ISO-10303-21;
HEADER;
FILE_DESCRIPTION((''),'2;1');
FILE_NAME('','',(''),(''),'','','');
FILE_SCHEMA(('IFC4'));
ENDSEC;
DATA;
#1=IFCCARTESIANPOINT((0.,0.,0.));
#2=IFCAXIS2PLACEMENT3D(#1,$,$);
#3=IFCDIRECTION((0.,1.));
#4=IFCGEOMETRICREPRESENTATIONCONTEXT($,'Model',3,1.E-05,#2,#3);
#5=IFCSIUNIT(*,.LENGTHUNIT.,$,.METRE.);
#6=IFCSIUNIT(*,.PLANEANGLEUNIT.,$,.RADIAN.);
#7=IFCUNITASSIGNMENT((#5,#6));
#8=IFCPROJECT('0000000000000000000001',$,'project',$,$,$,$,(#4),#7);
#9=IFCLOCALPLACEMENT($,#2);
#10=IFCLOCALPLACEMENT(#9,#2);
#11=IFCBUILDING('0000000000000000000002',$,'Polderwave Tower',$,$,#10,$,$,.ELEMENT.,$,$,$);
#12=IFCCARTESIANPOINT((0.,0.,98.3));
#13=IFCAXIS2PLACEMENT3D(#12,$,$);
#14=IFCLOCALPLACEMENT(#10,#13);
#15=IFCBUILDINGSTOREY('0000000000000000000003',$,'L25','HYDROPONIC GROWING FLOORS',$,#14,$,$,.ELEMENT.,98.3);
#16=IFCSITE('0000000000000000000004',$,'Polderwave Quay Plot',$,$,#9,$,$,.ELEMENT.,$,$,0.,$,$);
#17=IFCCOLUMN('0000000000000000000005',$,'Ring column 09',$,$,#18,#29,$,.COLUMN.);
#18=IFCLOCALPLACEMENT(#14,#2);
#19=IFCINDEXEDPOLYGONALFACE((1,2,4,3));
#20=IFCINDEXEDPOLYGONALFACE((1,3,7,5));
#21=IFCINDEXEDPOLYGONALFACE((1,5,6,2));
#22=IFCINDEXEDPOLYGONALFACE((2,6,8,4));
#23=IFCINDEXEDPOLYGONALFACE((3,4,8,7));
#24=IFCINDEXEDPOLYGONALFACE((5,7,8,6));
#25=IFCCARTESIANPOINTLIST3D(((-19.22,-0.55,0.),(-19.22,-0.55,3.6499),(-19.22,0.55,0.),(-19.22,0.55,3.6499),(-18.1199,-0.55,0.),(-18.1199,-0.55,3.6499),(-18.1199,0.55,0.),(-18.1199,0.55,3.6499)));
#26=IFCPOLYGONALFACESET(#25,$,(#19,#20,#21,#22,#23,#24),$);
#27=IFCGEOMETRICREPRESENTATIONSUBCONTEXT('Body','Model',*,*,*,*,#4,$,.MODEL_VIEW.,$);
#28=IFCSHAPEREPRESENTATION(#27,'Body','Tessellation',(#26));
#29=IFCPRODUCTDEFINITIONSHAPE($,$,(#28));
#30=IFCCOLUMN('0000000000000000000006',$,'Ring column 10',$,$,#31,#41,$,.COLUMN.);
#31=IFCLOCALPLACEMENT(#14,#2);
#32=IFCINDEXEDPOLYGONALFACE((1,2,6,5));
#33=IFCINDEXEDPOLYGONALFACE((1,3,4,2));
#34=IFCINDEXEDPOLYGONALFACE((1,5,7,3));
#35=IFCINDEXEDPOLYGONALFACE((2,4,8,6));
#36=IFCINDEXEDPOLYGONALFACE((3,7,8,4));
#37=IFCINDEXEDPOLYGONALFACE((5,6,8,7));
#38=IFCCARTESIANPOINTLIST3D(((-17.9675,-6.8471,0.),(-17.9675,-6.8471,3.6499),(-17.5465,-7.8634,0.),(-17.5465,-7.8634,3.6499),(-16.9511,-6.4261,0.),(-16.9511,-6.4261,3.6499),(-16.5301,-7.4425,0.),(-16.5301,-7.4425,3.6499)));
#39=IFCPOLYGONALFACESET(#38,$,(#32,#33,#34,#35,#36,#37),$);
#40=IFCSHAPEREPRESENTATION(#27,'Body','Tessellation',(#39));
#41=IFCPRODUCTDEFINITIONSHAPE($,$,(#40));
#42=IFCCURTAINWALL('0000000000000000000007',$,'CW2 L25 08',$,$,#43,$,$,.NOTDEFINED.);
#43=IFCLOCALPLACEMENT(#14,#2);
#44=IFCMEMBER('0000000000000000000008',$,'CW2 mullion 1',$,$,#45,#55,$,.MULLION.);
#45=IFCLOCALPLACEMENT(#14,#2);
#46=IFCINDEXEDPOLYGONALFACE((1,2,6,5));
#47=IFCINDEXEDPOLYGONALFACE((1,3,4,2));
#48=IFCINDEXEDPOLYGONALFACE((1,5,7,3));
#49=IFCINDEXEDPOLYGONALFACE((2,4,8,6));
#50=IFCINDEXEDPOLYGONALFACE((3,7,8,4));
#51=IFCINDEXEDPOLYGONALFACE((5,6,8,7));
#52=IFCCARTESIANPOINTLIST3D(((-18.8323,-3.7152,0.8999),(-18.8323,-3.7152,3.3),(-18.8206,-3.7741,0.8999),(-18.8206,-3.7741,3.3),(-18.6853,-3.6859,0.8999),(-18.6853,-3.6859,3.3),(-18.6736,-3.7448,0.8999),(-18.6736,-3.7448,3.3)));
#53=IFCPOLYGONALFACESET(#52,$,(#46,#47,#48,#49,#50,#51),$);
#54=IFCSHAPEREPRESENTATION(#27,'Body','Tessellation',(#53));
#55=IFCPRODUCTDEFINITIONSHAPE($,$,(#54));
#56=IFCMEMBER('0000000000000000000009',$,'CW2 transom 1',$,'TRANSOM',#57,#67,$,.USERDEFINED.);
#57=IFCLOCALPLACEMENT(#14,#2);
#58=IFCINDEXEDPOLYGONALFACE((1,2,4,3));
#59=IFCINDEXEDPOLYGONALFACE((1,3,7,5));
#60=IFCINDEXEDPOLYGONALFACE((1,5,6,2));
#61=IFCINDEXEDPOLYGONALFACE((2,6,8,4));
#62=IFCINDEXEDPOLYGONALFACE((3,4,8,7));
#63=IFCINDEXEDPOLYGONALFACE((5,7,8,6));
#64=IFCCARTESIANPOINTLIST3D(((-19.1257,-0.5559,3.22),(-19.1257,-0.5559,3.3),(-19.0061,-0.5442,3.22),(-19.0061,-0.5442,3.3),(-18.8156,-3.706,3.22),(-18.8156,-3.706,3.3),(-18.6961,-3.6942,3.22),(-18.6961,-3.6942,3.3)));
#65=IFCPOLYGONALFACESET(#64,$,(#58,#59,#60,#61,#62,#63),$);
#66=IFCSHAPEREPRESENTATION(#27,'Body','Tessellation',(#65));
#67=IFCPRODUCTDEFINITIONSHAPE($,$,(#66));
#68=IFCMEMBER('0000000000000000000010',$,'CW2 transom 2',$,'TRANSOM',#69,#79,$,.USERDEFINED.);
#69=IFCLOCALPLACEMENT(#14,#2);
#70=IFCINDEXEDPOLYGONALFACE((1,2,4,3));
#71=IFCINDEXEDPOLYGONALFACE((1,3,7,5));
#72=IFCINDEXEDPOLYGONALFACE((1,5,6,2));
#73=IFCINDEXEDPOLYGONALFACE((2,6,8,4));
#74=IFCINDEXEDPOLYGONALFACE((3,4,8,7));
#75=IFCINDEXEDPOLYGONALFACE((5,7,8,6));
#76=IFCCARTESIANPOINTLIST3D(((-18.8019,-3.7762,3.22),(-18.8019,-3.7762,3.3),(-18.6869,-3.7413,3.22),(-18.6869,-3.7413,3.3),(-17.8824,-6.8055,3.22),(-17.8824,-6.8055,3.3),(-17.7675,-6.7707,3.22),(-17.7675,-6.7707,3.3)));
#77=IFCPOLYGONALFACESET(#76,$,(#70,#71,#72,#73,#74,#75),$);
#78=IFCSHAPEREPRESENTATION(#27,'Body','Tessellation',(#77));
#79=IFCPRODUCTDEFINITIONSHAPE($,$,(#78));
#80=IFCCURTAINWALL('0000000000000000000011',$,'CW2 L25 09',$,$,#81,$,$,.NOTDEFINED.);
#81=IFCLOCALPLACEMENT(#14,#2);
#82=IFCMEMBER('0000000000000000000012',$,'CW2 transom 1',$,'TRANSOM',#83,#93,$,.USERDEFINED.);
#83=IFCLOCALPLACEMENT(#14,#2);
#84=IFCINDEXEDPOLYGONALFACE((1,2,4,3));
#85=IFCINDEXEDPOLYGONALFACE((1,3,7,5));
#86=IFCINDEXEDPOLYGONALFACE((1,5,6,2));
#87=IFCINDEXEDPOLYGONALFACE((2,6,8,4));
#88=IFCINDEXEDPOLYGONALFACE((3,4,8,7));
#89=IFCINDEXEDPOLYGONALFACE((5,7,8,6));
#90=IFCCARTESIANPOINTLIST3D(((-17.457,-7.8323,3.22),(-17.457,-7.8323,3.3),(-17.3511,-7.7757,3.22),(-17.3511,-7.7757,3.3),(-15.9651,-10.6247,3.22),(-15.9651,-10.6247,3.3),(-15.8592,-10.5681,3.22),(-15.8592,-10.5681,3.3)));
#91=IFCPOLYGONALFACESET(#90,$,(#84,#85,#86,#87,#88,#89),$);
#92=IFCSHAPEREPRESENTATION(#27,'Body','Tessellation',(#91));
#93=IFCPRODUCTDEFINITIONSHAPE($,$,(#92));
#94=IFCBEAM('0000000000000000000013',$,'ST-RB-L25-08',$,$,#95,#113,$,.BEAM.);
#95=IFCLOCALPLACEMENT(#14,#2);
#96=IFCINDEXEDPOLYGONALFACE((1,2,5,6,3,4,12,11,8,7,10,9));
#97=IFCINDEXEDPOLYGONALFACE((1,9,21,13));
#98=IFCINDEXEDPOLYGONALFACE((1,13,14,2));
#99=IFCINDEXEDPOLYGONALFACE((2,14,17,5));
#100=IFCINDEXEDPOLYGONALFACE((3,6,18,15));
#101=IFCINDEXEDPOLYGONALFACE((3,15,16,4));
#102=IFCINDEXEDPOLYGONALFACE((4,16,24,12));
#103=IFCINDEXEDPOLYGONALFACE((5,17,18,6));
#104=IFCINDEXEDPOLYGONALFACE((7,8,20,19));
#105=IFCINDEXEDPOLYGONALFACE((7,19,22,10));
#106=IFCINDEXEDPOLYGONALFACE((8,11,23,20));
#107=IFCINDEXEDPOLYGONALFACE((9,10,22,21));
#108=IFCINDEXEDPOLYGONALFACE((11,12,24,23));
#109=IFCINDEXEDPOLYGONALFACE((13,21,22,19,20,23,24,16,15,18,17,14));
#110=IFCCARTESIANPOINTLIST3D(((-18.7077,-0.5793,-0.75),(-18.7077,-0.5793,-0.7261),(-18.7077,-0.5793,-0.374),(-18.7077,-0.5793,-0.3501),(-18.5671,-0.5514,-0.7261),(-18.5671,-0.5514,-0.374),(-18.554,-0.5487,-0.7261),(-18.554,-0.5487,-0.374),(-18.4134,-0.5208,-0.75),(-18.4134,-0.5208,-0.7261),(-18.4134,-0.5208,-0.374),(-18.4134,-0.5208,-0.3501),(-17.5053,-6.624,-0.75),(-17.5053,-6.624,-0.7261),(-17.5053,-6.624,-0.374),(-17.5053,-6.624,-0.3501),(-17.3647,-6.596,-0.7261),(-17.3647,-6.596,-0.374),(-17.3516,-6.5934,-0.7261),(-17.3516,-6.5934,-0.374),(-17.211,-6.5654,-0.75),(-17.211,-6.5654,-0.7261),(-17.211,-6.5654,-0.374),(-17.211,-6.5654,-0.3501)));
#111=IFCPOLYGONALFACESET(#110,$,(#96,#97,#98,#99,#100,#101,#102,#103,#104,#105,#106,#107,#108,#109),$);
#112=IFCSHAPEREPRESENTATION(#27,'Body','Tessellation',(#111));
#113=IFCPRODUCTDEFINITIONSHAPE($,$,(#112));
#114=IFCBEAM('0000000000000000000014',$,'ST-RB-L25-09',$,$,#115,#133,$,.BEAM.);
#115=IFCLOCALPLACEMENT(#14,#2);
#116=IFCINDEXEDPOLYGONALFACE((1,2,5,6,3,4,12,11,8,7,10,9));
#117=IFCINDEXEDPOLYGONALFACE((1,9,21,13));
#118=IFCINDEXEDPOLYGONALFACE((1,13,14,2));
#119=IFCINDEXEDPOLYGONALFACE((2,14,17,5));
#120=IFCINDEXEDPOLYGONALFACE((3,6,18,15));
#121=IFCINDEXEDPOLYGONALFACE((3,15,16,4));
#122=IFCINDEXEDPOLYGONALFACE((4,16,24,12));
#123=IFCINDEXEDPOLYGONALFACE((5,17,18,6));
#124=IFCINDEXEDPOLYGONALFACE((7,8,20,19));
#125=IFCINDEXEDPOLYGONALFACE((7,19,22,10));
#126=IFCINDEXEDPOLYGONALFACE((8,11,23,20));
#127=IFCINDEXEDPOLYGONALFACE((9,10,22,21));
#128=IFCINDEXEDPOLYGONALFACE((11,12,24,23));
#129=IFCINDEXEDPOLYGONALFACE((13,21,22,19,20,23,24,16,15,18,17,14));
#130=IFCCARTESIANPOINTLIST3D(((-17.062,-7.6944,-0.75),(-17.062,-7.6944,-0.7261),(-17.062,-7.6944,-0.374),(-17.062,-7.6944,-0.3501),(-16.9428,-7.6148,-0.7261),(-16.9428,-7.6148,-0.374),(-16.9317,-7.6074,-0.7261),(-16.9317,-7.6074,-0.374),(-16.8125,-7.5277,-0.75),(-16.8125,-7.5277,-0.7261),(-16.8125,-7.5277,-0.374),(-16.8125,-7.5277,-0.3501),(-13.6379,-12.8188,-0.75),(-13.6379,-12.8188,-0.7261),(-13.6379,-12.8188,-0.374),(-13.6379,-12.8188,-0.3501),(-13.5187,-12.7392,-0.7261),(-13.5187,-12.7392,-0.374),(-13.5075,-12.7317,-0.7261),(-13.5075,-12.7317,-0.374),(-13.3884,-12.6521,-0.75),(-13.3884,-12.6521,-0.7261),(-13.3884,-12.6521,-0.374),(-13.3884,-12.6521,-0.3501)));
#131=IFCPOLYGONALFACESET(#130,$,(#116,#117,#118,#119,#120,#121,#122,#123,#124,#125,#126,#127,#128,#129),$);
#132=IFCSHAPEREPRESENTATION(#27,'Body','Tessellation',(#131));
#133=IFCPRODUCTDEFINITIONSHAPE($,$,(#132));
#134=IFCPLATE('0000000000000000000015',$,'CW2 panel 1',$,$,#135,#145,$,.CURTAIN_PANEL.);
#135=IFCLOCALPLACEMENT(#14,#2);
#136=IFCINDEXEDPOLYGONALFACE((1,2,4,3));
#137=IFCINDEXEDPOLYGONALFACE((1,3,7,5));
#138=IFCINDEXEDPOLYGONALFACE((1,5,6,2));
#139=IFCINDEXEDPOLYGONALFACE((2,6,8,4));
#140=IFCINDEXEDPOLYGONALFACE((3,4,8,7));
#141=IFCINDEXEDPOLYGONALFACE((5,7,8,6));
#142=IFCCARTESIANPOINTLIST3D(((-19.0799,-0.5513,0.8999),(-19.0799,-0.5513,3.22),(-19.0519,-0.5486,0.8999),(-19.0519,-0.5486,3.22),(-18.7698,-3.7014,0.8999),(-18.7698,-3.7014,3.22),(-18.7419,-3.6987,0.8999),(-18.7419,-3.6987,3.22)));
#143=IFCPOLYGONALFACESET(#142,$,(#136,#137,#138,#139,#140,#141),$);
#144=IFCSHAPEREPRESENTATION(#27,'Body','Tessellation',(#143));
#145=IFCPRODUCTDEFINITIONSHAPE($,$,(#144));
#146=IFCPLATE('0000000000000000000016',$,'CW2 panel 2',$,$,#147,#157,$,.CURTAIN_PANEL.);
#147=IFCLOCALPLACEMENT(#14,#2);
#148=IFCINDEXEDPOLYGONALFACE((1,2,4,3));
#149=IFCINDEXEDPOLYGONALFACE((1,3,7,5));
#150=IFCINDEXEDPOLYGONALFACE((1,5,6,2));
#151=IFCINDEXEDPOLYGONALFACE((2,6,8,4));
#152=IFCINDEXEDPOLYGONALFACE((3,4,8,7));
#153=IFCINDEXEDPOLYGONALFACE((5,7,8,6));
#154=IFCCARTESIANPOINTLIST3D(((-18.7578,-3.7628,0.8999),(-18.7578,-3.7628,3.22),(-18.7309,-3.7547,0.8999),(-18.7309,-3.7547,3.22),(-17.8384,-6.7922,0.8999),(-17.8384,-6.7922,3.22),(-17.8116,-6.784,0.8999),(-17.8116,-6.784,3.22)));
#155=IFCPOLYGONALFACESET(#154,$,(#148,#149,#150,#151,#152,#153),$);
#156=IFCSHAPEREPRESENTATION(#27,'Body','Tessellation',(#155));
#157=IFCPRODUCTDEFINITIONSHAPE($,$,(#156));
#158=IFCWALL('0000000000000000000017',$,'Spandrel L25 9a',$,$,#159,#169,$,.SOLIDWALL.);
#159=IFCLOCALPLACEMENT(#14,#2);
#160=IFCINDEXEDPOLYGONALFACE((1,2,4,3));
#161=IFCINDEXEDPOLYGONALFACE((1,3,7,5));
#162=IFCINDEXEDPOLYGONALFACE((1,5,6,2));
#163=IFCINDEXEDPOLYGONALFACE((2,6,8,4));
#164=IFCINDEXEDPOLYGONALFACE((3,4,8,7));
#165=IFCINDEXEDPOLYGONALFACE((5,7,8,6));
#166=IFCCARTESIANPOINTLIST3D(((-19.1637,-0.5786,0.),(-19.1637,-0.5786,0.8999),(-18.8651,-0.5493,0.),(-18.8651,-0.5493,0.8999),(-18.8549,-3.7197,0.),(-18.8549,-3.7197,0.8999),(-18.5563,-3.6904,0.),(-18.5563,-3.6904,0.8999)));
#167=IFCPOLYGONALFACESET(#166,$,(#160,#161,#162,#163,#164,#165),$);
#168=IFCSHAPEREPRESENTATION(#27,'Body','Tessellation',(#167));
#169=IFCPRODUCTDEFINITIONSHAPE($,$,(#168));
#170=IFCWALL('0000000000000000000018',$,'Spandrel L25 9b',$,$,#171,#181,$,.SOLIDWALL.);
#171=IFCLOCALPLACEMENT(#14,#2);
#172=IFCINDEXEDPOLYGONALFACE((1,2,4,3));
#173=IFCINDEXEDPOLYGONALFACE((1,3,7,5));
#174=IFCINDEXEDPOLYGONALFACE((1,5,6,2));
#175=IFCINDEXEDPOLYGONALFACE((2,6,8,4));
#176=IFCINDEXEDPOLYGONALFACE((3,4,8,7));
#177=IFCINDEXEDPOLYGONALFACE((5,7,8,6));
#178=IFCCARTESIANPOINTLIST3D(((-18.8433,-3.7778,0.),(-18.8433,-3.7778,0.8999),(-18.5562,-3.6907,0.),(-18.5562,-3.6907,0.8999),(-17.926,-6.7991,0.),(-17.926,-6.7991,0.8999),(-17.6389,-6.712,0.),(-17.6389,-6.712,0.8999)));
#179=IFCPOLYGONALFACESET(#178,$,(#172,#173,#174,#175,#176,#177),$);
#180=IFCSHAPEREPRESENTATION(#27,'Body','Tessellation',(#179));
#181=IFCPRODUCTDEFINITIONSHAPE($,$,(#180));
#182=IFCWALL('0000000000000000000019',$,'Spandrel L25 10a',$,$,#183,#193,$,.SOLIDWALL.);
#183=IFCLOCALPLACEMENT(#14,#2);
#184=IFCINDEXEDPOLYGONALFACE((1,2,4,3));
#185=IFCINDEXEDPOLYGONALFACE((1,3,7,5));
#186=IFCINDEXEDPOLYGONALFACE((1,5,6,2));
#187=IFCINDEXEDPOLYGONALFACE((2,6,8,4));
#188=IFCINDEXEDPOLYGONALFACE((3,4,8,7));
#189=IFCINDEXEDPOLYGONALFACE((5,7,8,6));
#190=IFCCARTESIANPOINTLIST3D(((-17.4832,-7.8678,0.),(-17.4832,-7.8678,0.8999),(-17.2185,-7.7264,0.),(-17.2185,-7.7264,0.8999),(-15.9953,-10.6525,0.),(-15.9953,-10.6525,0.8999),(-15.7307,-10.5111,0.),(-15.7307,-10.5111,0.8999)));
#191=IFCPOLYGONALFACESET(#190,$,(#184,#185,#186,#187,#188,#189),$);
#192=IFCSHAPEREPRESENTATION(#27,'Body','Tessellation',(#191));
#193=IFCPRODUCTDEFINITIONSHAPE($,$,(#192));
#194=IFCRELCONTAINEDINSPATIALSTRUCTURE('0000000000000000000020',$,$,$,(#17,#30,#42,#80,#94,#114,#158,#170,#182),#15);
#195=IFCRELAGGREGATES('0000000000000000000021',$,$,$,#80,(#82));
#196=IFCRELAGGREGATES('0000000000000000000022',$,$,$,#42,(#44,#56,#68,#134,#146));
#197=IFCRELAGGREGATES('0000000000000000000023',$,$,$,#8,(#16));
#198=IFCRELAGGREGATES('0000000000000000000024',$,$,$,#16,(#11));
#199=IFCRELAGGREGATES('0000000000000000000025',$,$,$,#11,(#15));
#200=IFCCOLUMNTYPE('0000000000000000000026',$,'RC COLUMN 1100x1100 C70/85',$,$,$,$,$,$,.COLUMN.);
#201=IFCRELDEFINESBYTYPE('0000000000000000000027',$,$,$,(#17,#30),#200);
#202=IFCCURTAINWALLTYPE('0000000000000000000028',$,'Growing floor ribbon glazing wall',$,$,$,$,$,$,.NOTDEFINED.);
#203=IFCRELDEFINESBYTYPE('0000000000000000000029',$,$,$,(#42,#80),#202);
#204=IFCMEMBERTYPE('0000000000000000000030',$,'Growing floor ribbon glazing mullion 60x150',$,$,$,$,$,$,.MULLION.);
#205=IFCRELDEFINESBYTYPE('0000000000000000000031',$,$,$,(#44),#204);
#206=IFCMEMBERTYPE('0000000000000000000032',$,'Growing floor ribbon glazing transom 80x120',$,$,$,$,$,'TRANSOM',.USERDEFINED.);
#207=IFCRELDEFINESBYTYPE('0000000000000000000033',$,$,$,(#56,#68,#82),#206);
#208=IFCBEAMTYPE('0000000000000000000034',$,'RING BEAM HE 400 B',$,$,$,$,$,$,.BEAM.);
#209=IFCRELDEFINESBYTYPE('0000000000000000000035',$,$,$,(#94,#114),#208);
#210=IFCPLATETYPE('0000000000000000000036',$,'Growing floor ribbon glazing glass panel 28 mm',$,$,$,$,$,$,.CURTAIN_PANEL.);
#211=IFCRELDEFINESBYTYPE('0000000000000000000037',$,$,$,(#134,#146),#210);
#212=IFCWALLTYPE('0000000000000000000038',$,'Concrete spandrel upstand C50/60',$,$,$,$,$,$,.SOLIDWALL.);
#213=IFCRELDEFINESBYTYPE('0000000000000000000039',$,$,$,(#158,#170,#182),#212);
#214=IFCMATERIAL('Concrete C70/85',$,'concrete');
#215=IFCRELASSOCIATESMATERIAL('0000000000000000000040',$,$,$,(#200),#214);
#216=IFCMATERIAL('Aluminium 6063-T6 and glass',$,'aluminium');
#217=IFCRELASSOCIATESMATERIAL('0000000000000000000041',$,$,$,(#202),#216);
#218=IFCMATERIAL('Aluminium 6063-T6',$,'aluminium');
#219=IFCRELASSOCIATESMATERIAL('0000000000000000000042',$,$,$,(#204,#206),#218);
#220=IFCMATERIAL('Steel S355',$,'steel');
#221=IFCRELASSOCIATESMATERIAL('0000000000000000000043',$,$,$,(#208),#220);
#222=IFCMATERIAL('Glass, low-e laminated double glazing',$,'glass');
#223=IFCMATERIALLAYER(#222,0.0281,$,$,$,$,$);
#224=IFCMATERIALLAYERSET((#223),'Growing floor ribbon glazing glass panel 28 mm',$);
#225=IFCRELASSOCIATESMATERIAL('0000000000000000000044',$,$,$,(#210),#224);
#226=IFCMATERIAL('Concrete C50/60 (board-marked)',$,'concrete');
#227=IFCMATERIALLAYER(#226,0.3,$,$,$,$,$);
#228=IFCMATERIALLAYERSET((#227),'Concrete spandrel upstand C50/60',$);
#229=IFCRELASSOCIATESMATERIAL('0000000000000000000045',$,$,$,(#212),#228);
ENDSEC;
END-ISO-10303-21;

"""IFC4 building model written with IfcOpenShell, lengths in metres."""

from ifc_helpers import new_model, si_unit, direction, frame, frame_2d, origin, origin_2d, place, context, subcontext, project, spatial, rectangle, i_section, extrude, material, layer, layer_set, material_profile, profile_set, type_object, element, aggregate, save


model = new_model("IFC4")

# Units and contexts
model_context = context("Model", 3, precision=1e-05, world=origin(), true_north=direction((0.0, 1.0)))
body_context = subcontext(model_context, "Body", "Model", "MODEL_VIEW")
ifc_project = project(units=[si_unit("LENGTHUNIT", "METRE"), si_unit("PLANEANGLEUNIT", "RADIAN")], contexts=[model_context])

# Site, building, storey
site_placement = place(None, origin())
site = spatial("IfcSite", under=ifc_project, at=site_placement, Name="Polderwave Quay Plot", CompositionType="ELEMENT", RefElevation=0.0)
building_placement = place(site_placement, origin())
building = spatial("IfcBuilding", under=site, at=building_placement, Name="Polderwave Tower", CompositionType="ELEMENT")
storey_placement = place(building_placement, frame((0.0, 0.0, 98.3)))
storey = spatial("IfcBuildingStorey", under=building, at=storey_placement, Name="L25", Description="HYDROPONIC GROWING FLOORS", CompositionType="ELEMENT", Elevation=98.3)

# Columns
ifc_material_1 = material(Name="Concrete C70/85", Category="concrete")
ifc_material_profile_1 = material_profile(ifc_material_1, rectangle(XDim=1.1001, YDim=1.1001, at=origin_2d()), Name="RC 1100x1100")
ifc_profile_set_1 = profile_set([ifc_material_profile_1], Name="Concrete C70/85")
column_type = type_object("IfcColumnType", Name="RC COLUMN 1100x1100 C70/85", PredefinedType="COLUMN", material=ifc_profile_set_1)
for number, where, z_axis, x_axis, name in (
    (1, (-18.6699, 0.0, 0.0), (0.0, 0.0, 1.0), (-1.0, 0.0, 0.0), "Ring column 09"),
    (2, (-17.2488, -7.1448, 0.0), (0.0, 0.0, 1.0), (-0.92388, -0.382683, 0.0), "Ring column 10"),
):
    element("IfcColumn", number, at=place(storey_placement, frame(where, z_axis=z_axis, x_axis=x_axis)), inside=storey, type_object=column_type, Name=name, PredefinedType="COLUMN", context=body_context, shape_type="SweptSolid", body=[
        extrude(rectangle(XDim=1.1001, YDim=1.1001, at=origin_2d()), origin(), (0.0, 0.0, 1.0), 3.6499),
    ])

# Curtain wall, members
ifc_material_2 = material(Name="Aluminium 6063-T6 and glass", Category="aluminium")
curtain_wall_type = type_object("IfcCurtainWallType", Name="Growing floor ribbon glazing wall", PredefinedType="NOTDEFINED", material=ifc_material_2)
curtain_wall_1_placement = place(storey_placement, origin())
curtain_wall_1 = element("IfcCurtainWall", 3, at=curtain_wall_1_placement, inside=storey, type_object=curtain_wall_type, Name="CW2 L25 08", PredefinedType="NOTDEFINED")
ifc_material_3 = material(Name="Aluminium 6063-T6", Category="aluminium")
ifc_material_profile_2 = material_profile(ifc_material_3, rectangle(XDim=0.1499, YDim=0.0601, at=origin_2d()), Name="AL 60x150")
ifc_profile_set_2 = profile_set([ifc_material_profile_2], Name="Aluminium 6063-T6")
member_type_1 = type_object("IfcMemberType", Name="Growing floor ribbon glazing mullion 60x150", PredefinedType="MULLION", material=ifc_profile_set_2)
member_1_placement = place(storey_placement, frame((-18.7529, -3.73, 0.8999), z_axis=(0.0, 0.0, 1.0), x_axis=(0.980781, 0.195113, 0.0)))
member_1 = element("IfcMember", 4, at=member_1_placement, type_object=member_type_1, Name="CW2 mullion 1", PredefinedType="MULLION", context=body_context, shape_type="SweptSolid", body=[
    extrude(rectangle(XDim=0.1499, YDim=0.0601, at=origin_2d()), origin(), (0.0, 0.0, 1.0), 2.4001),
])
ifc_material_profile_3 = material_profile(ifc_material_3, rectangle(XDim=0.1201, YDim=0.0801, at=origin_2d()), Name="AL 80x120")
ifc_profile_set_3 = profile_set([ifc_material_profile_3], Name="Aluminium 6063-T6")
member_type_2 = type_object("IfcMemberType", Name="Growing floor ribbon glazing transom 80x120", ElementType="TRANSOM", PredefinedType="USERDEFINED", material=ifc_profile_set_3)
member_2_placement = place(storey_placement, frame((-19.0659, -0.55, 3.26), z_axis=(0.097953, -0.995191, 0.0), x_axis=(0.995191, 0.097953, 0.0)))
member_2 = element("IfcMember", 5, at=member_2_placement, type_object=member_type_2, Name="CW2 transom 1", ObjectType="TRANSOM", PredefinedType="USERDEFINED", context=body_context, shape_type="SweptSolid", body=[
    extrude(rectangle(XDim=0.1201, YDim=0.0801, at=origin_2d()), origin(), (0.0, 0.0, 1.0), 3.1653),
])
member_3_placement = place(storey_placement, frame((-18.7444, -3.7588, 3.26), z_axis=(0.290431, -0.956896, 0.0), x_axis=(0.956896, 0.290431, 0.0)))
member_3 = element("IfcMember", 6, at=member_3_placement, type_object=member_type_2, Name="CW2 transom 2", ObjectType="TRANSOM", PredefinedType="USERDEFINED", context=body_context, shape_type="SweptSolid", body=[
    extrude(rectangle(XDim=0.1201, YDim=0.0801, at=origin_2d()), origin(), (0.0, 0.0, 1.0), 3.1658),
])

# Curtain wall, member
curtain_wall_2_placement = place(storey_placement, origin())
curtain_wall_2 = element("IfcCurtainWall", 7, at=curtain_wall_2_placement, inside=storey, type_object=curtain_wall_type, Name="CW2 L25 09", PredefinedType="NOTDEFINED")
member_4_placement = place(storey_placement, frame((-17.4041, -7.804, 3.26), z_axis=(0.471232, -0.882009, 0.0), x_axis=(0.882009, 0.471232, 0.0)))
member_4 = element("IfcMember", 8, at=member_4_placement, type_object=member_type_2, Name="CW2 transom 1", ObjectType="TRANSOM", PredefinedType="USERDEFINED", context=body_context, shape_type="SweptSolid", body=[
    extrude(rectangle(XDim=0.1201, YDim=0.0801, at=origin_2d()), origin(), (0.0, 0.0, 1.0), 3.166),
])
aggregate(curtain_wall_2, [member_4])

# Beams
ifc_material_4 = material(Name="Steel S355", Category="steel")
ifc_material_profile_4 = material_profile(ifc_material_4, i_section(OverallWidth=0.3, OverallDepth=0.3999, WebThickness=0.0134, FlangeThickness=0.0239, at=origin_2d()), Name="HE 400 B")
ifc_profile_set_4 = profile_set([ifc_material_profile_4], Name="Steel S355")
beam_type = type_object("IfcBeamType", Name="RING BEAM HE 400 B", PredefinedType="BEAM", material=ifc_profile_set_4)
for number, where, z_axis, x_axis, name in (
    (9, (-18.5605, -0.55, -0.55), (0.195095, -0.980784, 0.0), (0.980784, 0.195095, 0.0), "ST-RB-L25-08"),
    (10, (-16.9373, -7.6111, -0.55), (0.555587, -0.831459, 0.0), (0.831459, 0.555587, 0.0), "ST-RB-L25-09"),
):
    element("IfcBeam", number, at=place(storey_placement, frame(where, z_axis=z_axis, x_axis=x_axis)), inside=storey, type_object=beam_type, Name=name, PredefinedType="BEAM", context=body_context, shape_type="SweptSolid", body=[
        extrude(i_section(OverallWidth=0.3, OverallDepth=0.3999, WebThickness=0.0134, FlangeThickness=0.0239, at=origin_2d()), origin(), (0.0, 0.0, 1.0), 6.1631),
    ])

# Plates
ifc_material_5 = material(Name="Glass, low-e laminated double glazing", Category="glass")
ifc_layer_1 = layer(ifc_material_5, 0.0281)
ifc_layer_set_1 = layer_set([ifc_layer_1], Name="Growing floor ribbon glazing glass panel 28 mm")
plate_type = type_object("IfcPlateType", Name="Growing floor ribbon glazing glass panel 28 mm", PredefinedType="CURTAIN_PANEL", material=ifc_layer_set_1)
plate_1_placement = place(storey_placement, frame((-18.9109, -2.125, 0.8999), z_axis=(0.0, 0.0, 1.0), x_axis=(0.097955, -0.995191, 0.0)))
plate_1 = element("IfcPlate", 11, at=plate_1_placement, type_object=plate_type, Name="CW2 panel 1", PredefinedType="CURTAIN_PANEL", context=body_context, shape_type="SweptSolid", body=[
    extrude(rectangle(XDim=3.1653, YDim=0.0281, at=origin_2d()), origin(), (0.0, 0.0, 1.0), 2.3201),
])
plate_2_placement = place(storey_placement, frame((-18.2847, -5.2734, 0.8999), z_axis=(0.0, 0.0, 1.0), x_axis=(0.29039, -0.956908, 0.0)))
plate_2 = element("IfcPlate", 12, at=plate_2_placement, type_object=plate_type, Name="CW2 panel 2", PredefinedType="CURTAIN_PANEL", context=body_context, shape_type="SweptSolid", body=[
    extrude(rectangle(XDim=3.1658, YDim=0.0281, at=origin_2d()), origin(), (0.0, 0.0, 1.0), 2.3201),
])
aggregate(curtain_wall_1, [member_1, member_2, member_3, plate_1, plate_2])

# Walls
ifc_material_6 = material(Name="Concrete C50/60 (board-marked)", Category="concrete")
ifc_layer_2 = layer(ifc_material_6, 0.3)
ifc_layer_set_2 = layer_set([ifc_layer_2], Name="Concrete spandrel upstand C50/60")
wall_type_1 = type_object("IfcWallType", Name="Concrete spandrel upstand C50/60", PredefinedType="SOLIDWALL", material=ifc_layer_set_2)
wall_1_placement = place(storey_placement, frame((-19.0144, -0.564, 0.0), z_axis=(0.0, 0.0, 1.0), x_axis=(0.097849, -0.995201, 0.0)))
element("IfcWall", 13, at=wall_1_placement, inside=storey, type_object=wall_type_1, Name="Spandrel L25 9a", PredefinedType="SOLIDWALL", context=body_context, shape_type="SweptSolid", body=[
    extrude(rectangle(XDim=3.1562, YDim=0.3, at=frame_2d((1.5781, 0.0))), origin(), (0.0, 0.0, 1.0), 0.8999),
])
wall_2_placement = place(storey_placement, frame((-18.6997, -3.7344, 0.0), z_axis=(0.0, 0.0, 1.0), x_axis=(0.290503, -0.956874, 0.0)))
element("IfcWall", 14, at=wall_2_placement, inside=storey, type_object=wall_type_1, Name="Spandrel L25 9b", PredefinedType="SOLIDWALL", context=body_context, shape_type="SweptSolid", body=[
    extrude(rectangle(XDim=3.1575, YDim=0.3, at=frame_2d((1.5786, 0.0))), origin(), (0.0, 0.0, 1.0), 0.8999),
])
wall_3_placement = place(storey_placement, frame((-17.3508, -7.7971, 0.0), z_axis=(0.0, 0.0, 1.0), x_axis=(0.471238, -0.882006, 0.0)))
element("IfcWall", 15, at=wall_3_placement, inside=storey, type_object=wall_type_1, Name="Spandrel L25 10a", PredefinedType="SOLIDWALL", context=body_context, shape_type="SweptSolid", body=[
    extrude(rectangle(XDim=3.1572, YDim=0.3, at=frame_2d((1.5786, 0.0))), origin(), (0.0, 0.0, 1.0), 0.8999),
])

save(model, "model.ifc")
